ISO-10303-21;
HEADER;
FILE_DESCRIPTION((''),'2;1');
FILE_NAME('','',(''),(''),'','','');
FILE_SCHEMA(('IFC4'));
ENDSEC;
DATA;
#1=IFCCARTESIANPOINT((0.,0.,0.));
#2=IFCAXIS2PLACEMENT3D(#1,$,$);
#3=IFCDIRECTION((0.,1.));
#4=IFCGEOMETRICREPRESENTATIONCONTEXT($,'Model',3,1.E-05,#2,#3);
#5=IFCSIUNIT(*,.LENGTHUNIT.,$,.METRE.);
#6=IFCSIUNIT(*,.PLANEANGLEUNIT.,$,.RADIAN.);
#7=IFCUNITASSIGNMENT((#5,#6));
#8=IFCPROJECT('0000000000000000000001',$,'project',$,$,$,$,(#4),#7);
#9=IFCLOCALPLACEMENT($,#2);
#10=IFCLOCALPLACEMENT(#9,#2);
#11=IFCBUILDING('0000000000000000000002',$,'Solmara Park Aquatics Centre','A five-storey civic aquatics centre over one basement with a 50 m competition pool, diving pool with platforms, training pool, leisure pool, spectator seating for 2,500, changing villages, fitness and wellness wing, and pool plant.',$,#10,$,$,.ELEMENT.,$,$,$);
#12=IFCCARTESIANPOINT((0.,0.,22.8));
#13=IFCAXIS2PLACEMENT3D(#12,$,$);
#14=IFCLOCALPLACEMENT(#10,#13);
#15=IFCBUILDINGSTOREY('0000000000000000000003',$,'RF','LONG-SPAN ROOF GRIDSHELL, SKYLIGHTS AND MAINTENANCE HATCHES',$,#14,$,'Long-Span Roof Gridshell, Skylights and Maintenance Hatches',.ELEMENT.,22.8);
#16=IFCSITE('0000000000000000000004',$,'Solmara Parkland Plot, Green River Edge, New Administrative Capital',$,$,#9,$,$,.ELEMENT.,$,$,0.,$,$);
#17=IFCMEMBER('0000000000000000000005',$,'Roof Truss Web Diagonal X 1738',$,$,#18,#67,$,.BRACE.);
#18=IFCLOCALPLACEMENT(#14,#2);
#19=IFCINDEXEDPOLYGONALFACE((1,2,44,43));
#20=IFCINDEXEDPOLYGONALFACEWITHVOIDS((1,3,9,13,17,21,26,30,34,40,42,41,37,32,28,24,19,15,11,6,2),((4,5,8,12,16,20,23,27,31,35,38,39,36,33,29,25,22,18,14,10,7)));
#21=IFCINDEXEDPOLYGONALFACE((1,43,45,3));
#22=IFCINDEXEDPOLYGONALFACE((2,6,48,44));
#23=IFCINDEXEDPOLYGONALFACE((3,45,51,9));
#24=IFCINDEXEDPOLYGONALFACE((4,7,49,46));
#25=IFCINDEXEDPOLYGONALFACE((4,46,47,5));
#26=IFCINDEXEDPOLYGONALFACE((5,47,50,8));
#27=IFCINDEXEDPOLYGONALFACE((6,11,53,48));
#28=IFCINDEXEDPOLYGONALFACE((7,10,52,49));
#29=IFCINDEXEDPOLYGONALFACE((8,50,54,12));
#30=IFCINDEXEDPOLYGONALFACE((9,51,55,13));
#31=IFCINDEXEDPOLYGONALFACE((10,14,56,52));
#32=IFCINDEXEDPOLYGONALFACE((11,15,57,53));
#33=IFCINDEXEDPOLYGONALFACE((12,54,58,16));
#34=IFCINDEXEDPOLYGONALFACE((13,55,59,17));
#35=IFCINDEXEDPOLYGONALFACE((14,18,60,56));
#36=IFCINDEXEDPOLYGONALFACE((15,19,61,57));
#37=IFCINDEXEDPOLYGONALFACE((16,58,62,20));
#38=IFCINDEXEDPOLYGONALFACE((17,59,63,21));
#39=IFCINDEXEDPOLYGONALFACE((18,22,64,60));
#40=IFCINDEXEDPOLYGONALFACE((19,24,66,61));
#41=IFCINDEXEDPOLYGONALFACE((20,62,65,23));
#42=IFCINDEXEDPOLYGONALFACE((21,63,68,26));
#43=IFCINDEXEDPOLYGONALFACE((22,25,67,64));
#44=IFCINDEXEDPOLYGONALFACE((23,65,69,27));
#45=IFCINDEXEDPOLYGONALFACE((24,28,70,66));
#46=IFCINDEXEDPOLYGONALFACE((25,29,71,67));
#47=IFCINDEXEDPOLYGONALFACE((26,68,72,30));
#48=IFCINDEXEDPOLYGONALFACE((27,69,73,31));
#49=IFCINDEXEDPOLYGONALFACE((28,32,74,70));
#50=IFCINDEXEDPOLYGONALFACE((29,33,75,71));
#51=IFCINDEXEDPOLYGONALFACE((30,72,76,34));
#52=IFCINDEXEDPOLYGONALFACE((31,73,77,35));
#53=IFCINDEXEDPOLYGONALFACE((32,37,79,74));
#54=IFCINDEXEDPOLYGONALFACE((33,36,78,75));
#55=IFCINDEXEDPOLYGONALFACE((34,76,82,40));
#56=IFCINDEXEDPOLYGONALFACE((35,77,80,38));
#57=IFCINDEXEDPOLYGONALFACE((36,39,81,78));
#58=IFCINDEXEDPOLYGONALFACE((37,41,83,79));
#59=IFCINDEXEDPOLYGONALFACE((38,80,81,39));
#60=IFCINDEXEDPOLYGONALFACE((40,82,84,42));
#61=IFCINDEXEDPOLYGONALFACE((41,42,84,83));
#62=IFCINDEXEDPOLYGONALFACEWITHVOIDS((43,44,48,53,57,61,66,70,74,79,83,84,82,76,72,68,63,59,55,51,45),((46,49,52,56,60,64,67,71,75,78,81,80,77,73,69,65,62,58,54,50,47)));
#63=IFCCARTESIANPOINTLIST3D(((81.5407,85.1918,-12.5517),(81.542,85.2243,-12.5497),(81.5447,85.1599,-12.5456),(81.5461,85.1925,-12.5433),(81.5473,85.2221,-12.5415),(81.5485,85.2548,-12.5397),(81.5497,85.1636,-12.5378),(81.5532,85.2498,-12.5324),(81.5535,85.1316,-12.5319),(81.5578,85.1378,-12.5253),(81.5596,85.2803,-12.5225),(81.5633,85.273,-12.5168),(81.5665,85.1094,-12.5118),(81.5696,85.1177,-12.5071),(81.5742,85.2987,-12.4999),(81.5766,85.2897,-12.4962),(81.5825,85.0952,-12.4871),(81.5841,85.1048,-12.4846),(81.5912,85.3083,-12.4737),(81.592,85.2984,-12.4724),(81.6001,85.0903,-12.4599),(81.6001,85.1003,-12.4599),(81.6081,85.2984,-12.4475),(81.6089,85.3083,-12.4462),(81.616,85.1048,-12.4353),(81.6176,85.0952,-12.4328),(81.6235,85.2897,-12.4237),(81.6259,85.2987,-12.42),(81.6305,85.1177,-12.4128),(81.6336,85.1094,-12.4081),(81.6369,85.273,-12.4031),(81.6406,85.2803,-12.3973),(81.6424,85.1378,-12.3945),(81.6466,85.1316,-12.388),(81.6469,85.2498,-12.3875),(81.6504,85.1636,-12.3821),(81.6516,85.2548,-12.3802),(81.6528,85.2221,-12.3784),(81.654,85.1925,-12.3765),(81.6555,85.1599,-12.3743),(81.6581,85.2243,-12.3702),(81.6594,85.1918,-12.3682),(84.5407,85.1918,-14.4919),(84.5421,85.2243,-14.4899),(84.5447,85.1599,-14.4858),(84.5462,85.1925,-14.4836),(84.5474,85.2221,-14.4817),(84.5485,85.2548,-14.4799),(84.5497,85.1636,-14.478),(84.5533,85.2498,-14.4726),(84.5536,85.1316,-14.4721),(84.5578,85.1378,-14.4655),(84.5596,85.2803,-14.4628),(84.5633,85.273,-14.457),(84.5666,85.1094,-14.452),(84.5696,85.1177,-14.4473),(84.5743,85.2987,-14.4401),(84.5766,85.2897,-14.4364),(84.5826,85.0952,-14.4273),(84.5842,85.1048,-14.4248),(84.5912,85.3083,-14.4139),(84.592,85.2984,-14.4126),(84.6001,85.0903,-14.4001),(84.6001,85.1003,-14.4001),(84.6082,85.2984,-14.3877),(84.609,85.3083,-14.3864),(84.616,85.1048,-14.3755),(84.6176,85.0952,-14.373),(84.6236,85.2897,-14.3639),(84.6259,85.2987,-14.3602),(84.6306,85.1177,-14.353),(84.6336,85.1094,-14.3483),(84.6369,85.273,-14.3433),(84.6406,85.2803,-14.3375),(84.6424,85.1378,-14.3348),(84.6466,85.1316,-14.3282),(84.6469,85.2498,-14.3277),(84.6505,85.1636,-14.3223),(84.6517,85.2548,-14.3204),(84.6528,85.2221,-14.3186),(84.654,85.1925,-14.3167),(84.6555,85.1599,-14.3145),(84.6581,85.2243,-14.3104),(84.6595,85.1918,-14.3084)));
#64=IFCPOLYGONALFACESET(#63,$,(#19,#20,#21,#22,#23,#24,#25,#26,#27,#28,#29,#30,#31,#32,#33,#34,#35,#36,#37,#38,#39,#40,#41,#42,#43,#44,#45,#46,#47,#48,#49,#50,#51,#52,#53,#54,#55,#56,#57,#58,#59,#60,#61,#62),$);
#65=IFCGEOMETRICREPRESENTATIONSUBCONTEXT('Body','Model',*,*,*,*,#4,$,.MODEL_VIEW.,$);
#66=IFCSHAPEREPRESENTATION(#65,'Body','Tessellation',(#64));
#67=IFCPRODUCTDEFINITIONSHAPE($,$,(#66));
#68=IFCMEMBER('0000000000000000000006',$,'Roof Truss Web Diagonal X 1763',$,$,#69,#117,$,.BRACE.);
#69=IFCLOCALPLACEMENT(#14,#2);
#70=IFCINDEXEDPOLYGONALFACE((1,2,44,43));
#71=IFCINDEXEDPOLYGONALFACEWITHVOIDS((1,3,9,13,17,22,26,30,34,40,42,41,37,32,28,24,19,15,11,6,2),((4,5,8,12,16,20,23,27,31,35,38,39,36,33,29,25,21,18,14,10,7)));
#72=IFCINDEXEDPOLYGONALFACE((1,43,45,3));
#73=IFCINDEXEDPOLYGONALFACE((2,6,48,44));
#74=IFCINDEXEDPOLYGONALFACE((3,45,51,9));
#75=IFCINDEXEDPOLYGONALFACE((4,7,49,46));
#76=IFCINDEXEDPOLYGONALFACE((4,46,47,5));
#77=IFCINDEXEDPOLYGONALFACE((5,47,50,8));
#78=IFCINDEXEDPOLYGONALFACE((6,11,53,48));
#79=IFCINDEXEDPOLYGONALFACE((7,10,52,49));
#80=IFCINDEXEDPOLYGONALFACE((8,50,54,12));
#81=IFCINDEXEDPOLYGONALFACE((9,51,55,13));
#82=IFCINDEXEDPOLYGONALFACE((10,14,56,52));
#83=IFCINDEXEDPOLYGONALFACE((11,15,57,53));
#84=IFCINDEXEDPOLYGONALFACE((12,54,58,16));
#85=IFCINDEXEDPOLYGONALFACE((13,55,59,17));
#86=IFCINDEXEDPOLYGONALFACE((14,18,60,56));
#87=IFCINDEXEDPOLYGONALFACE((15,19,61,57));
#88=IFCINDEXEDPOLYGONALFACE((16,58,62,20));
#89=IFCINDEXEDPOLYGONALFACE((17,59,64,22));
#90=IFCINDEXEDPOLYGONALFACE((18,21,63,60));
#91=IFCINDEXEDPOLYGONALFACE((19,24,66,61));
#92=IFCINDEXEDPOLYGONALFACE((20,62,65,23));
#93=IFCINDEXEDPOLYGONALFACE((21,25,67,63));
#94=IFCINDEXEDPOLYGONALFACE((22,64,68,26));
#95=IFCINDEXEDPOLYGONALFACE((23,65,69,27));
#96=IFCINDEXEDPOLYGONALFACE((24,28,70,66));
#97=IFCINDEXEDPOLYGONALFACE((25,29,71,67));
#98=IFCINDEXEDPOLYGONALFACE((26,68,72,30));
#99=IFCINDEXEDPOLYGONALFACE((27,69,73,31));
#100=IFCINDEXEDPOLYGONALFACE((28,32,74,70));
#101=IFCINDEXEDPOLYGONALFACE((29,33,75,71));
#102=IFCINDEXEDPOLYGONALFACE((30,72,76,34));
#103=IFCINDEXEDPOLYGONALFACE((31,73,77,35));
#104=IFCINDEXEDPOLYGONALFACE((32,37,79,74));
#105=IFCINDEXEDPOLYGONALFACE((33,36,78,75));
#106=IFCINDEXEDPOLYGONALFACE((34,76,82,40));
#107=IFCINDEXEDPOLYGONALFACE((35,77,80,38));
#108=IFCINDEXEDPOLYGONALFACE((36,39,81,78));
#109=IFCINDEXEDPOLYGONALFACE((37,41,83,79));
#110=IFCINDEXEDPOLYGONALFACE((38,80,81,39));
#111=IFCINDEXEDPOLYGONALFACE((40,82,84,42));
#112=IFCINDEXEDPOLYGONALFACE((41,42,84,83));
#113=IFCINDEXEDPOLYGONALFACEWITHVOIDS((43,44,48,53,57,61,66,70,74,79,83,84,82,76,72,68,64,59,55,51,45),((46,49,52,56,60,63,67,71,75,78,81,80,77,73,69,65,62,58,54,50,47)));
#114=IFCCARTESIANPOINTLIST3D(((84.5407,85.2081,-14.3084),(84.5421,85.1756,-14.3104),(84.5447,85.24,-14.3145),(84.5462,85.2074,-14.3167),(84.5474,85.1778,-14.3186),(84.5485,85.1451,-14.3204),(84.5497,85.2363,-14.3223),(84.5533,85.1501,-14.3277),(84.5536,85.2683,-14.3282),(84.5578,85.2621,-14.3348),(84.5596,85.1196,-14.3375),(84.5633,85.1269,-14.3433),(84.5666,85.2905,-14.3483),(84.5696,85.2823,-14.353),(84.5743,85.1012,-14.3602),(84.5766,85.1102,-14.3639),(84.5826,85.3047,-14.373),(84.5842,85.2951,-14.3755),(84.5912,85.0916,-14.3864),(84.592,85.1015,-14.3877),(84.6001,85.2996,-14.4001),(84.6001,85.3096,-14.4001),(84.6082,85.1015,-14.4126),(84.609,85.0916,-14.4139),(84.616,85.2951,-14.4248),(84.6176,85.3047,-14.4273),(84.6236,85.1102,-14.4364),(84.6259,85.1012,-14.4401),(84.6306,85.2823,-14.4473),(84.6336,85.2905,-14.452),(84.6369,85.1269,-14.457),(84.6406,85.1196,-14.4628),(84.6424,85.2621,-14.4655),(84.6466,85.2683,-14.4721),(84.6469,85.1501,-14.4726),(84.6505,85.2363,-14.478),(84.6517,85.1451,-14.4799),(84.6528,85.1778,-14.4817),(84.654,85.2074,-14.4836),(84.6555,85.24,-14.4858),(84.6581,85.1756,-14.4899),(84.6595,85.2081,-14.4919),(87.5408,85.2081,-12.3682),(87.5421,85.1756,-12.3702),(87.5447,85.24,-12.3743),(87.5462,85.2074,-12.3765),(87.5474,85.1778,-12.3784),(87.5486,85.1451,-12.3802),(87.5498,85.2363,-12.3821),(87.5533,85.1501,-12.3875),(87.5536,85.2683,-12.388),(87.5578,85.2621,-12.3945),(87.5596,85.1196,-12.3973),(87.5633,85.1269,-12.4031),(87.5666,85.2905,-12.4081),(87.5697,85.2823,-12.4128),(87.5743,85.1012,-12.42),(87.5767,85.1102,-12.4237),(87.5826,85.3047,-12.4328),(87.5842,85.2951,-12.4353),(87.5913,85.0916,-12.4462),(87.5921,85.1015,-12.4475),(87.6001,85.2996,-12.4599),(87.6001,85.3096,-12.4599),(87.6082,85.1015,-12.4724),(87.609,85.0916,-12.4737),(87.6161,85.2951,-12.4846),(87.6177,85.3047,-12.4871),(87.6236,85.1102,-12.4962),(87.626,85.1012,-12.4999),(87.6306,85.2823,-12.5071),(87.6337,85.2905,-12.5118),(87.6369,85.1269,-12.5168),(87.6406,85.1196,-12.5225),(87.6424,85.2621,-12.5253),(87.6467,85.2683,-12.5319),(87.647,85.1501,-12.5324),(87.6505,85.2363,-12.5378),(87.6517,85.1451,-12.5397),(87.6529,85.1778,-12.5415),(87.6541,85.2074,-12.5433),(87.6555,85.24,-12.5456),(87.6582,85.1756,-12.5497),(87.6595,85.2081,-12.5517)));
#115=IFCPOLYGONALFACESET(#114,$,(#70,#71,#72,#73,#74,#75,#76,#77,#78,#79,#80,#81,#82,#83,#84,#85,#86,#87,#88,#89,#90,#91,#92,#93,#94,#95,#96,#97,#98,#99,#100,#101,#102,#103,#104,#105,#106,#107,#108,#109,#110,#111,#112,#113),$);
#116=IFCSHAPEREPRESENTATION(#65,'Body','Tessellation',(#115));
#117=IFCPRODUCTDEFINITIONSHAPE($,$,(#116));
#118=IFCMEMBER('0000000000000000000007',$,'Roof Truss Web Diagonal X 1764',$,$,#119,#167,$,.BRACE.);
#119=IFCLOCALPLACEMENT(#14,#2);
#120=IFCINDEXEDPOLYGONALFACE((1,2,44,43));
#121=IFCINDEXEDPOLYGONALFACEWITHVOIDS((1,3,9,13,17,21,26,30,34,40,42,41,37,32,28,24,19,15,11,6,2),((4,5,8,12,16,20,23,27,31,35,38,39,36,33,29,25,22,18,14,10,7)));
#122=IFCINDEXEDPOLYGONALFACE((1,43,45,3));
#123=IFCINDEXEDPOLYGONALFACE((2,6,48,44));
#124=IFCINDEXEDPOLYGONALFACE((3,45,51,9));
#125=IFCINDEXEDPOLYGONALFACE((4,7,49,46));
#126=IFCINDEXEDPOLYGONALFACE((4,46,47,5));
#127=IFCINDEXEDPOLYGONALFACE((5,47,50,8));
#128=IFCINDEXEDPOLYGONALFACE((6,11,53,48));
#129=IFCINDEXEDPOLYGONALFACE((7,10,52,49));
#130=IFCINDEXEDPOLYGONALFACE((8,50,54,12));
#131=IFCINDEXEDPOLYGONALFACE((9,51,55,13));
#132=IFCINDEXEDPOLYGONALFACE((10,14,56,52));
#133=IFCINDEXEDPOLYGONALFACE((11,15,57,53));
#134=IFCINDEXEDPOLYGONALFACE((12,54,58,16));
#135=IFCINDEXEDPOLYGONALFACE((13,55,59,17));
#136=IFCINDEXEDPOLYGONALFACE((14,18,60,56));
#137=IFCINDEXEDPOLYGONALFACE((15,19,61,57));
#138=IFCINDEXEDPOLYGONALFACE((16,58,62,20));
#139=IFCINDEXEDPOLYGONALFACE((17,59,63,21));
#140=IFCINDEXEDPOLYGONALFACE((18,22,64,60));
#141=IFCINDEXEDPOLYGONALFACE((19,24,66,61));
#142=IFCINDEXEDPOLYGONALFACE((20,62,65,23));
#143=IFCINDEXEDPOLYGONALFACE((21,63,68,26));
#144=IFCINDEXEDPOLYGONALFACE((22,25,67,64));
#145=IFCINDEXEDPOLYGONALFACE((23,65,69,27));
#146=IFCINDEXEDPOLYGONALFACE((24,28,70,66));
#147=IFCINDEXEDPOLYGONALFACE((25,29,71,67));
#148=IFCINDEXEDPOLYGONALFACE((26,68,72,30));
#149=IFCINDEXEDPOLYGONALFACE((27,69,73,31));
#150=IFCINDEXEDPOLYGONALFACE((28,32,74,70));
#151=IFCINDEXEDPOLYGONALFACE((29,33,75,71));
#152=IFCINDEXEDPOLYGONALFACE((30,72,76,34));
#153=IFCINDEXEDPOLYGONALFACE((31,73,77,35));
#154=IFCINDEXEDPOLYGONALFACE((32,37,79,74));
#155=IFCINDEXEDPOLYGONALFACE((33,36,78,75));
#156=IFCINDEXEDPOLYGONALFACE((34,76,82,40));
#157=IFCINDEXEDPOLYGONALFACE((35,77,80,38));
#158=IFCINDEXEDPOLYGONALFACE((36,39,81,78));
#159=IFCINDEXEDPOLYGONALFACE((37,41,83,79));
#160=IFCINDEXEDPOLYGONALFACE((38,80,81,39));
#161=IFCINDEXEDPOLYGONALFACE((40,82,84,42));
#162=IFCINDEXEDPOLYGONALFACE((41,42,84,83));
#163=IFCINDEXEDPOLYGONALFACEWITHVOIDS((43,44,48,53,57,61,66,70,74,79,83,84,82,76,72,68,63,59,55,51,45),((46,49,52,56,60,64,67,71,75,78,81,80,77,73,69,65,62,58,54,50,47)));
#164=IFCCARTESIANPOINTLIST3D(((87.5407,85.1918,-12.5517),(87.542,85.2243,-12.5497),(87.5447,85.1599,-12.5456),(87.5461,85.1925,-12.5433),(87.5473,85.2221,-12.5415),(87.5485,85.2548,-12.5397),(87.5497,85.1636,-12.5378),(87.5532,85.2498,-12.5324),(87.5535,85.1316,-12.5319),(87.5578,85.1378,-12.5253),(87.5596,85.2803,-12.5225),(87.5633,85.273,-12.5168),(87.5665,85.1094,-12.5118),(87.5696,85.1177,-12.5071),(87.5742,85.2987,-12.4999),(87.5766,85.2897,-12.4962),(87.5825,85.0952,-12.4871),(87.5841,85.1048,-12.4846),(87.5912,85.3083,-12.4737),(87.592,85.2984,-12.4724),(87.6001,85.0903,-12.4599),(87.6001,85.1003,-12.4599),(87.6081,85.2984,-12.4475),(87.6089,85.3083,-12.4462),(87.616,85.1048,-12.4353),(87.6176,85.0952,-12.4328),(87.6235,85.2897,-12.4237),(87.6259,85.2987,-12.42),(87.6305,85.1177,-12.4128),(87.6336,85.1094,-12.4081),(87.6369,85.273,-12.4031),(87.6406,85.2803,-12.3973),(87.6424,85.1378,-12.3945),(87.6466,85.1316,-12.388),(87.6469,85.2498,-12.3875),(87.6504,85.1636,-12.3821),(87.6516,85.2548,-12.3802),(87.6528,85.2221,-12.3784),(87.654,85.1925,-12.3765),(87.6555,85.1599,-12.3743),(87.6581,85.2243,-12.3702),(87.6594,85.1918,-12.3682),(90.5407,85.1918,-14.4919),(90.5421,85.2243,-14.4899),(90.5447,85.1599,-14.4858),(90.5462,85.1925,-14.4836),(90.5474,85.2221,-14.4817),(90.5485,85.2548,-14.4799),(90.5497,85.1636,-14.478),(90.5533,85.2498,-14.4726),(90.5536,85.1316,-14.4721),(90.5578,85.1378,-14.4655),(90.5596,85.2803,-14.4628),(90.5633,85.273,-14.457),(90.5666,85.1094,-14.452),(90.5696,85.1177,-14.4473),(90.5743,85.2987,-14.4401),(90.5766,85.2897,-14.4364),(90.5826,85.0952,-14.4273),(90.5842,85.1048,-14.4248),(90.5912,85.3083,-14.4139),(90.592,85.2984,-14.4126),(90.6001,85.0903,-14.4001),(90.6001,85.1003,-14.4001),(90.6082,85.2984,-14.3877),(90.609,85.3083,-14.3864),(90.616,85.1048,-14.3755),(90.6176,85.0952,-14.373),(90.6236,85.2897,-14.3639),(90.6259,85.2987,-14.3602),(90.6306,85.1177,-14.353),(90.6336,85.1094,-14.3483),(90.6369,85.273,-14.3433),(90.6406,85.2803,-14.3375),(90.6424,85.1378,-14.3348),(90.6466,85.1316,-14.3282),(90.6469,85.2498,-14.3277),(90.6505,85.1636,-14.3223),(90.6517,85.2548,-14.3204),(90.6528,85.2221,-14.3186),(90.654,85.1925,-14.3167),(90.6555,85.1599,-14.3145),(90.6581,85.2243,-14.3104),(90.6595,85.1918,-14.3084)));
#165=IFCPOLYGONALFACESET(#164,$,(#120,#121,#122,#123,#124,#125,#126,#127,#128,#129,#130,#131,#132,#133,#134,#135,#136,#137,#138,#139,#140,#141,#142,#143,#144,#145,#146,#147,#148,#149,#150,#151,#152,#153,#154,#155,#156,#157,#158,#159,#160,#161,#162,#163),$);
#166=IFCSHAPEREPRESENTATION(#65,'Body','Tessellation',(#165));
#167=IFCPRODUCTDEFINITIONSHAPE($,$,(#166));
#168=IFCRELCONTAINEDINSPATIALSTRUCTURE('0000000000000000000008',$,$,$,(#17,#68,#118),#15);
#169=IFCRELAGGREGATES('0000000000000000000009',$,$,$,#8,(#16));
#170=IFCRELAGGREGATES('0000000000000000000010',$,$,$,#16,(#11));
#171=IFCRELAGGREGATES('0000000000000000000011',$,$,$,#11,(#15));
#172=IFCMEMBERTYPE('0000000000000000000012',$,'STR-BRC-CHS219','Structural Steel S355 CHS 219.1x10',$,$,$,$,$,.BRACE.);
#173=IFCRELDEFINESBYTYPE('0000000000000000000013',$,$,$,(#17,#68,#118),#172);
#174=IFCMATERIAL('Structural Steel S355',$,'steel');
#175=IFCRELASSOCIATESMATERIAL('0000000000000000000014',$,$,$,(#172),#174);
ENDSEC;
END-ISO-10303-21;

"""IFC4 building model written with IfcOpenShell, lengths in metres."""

from ifc_helpers import new_model, si_unit, direction, frame, origin, origin_2d, place, context, subcontext, project, spatial, hollow_circle, extrude, material, material_profile, profile_set, type_object, element, save


model = new_model("IFC4")

# Units and contexts
model_context = context("Model", 3, precision=1e-05, world=origin(), true_north=direction((0.0, 1.0)))
body_context = subcontext(model_context, "Body", "Model", "MODEL_VIEW")
ifc_project = project(units=[si_unit("LENGTHUNIT", "METRE"), si_unit("PLANEANGLEUNIT", "RADIAN")], contexts=[model_context])

# Site, building, storey
site_placement = place(None, origin())
site = spatial("IfcSite", under=ifc_project, at=site_placement, Name="Solmara Parkland Plot, Green River Edge, New Administrative Capital", CompositionType="ELEMENT", RefElevation=0.0)
building_placement = place(site_placement, origin())
building = spatial("IfcBuilding", under=site, at=building_placement, Name="Solmara Park Aquatics Centre", Description="A five-storey civic aquatics centre over one basement with a 50 m competition pool, diving pool with platforms, training pool, leisure pool, spectator seating for 2,500, changing villages, fitness and wellness wing, and pool plant.", CompositionType="ELEMENT")
storey_placement = place(building_placement, frame((0.0, 0.0, 22.8)))
storey = spatial("IfcBuildingStorey", under=building, at=storey_placement, Name="RF", Description="LONG-SPAN ROOF GRIDSHELL, SKYLIGHTS AND MAINTENANCE HATCHES", LongName="Long-Span Roof Gridshell, Skylights and Maintenance Hatches", CompositionType="ELEMENT", Elevation=22.8)

# Shared definitions
ifc_material_1 = material(Name="Structural Steel S355", Category="steel")

# Members
ifc_material_profile_1 = material_profile(ifc_material_1, hollow_circle(Radius=0.1096, WallThickness=0.01, at=origin_2d()), Name="CHS 219.1x10")
ifc_profile_set_1 = profile_set([ifc_material_profile_1], Name="Structural Steel S355")
member_type_1 = type_object("IfcMemberType", Name="STR-BRC-CHS219", Description="Structural Steel S355 CHS 219.1x10", PredefinedType="BRACE", material=ifc_profile_set_1)
for number, where, z_axis, x_axis, name in (
    (1, (84.6001, 85.2, -14.4001), (-0.839697, 0.0, 0.543056), (0.0, -1.0, 0.0), "Roof Truss Web Diagonal X 1738"),
    (2, (84.6001, 85.2, -14.4001), (0.839697, 0.0, 0.543056), (0.0, 1.0, 0.0), "Roof Truss Web Diagonal X 1763"),
    (3, (90.6001, 85.2, -14.4001), (-0.839697, 0.0, 0.543056), (0.0, -1.0, 0.0), "Roof Truss Web Diagonal X 1764"),
):
    element("IfcMember", number, at=place(storey_placement, frame(where, z_axis=z_axis, x_axis=x_axis)), inside=storey, type_object=member_type_1, Name=name, PredefinedType="BRACE", context=body_context, shape_type="SweptSolid", body=[
        extrude(hollow_circle(Radius=0.1096, WallThickness=0.01, at=origin_2d()), origin(), (0.0, 0.0, 1.0), 3.5728),
    ])

save(model, "model.ifc")
